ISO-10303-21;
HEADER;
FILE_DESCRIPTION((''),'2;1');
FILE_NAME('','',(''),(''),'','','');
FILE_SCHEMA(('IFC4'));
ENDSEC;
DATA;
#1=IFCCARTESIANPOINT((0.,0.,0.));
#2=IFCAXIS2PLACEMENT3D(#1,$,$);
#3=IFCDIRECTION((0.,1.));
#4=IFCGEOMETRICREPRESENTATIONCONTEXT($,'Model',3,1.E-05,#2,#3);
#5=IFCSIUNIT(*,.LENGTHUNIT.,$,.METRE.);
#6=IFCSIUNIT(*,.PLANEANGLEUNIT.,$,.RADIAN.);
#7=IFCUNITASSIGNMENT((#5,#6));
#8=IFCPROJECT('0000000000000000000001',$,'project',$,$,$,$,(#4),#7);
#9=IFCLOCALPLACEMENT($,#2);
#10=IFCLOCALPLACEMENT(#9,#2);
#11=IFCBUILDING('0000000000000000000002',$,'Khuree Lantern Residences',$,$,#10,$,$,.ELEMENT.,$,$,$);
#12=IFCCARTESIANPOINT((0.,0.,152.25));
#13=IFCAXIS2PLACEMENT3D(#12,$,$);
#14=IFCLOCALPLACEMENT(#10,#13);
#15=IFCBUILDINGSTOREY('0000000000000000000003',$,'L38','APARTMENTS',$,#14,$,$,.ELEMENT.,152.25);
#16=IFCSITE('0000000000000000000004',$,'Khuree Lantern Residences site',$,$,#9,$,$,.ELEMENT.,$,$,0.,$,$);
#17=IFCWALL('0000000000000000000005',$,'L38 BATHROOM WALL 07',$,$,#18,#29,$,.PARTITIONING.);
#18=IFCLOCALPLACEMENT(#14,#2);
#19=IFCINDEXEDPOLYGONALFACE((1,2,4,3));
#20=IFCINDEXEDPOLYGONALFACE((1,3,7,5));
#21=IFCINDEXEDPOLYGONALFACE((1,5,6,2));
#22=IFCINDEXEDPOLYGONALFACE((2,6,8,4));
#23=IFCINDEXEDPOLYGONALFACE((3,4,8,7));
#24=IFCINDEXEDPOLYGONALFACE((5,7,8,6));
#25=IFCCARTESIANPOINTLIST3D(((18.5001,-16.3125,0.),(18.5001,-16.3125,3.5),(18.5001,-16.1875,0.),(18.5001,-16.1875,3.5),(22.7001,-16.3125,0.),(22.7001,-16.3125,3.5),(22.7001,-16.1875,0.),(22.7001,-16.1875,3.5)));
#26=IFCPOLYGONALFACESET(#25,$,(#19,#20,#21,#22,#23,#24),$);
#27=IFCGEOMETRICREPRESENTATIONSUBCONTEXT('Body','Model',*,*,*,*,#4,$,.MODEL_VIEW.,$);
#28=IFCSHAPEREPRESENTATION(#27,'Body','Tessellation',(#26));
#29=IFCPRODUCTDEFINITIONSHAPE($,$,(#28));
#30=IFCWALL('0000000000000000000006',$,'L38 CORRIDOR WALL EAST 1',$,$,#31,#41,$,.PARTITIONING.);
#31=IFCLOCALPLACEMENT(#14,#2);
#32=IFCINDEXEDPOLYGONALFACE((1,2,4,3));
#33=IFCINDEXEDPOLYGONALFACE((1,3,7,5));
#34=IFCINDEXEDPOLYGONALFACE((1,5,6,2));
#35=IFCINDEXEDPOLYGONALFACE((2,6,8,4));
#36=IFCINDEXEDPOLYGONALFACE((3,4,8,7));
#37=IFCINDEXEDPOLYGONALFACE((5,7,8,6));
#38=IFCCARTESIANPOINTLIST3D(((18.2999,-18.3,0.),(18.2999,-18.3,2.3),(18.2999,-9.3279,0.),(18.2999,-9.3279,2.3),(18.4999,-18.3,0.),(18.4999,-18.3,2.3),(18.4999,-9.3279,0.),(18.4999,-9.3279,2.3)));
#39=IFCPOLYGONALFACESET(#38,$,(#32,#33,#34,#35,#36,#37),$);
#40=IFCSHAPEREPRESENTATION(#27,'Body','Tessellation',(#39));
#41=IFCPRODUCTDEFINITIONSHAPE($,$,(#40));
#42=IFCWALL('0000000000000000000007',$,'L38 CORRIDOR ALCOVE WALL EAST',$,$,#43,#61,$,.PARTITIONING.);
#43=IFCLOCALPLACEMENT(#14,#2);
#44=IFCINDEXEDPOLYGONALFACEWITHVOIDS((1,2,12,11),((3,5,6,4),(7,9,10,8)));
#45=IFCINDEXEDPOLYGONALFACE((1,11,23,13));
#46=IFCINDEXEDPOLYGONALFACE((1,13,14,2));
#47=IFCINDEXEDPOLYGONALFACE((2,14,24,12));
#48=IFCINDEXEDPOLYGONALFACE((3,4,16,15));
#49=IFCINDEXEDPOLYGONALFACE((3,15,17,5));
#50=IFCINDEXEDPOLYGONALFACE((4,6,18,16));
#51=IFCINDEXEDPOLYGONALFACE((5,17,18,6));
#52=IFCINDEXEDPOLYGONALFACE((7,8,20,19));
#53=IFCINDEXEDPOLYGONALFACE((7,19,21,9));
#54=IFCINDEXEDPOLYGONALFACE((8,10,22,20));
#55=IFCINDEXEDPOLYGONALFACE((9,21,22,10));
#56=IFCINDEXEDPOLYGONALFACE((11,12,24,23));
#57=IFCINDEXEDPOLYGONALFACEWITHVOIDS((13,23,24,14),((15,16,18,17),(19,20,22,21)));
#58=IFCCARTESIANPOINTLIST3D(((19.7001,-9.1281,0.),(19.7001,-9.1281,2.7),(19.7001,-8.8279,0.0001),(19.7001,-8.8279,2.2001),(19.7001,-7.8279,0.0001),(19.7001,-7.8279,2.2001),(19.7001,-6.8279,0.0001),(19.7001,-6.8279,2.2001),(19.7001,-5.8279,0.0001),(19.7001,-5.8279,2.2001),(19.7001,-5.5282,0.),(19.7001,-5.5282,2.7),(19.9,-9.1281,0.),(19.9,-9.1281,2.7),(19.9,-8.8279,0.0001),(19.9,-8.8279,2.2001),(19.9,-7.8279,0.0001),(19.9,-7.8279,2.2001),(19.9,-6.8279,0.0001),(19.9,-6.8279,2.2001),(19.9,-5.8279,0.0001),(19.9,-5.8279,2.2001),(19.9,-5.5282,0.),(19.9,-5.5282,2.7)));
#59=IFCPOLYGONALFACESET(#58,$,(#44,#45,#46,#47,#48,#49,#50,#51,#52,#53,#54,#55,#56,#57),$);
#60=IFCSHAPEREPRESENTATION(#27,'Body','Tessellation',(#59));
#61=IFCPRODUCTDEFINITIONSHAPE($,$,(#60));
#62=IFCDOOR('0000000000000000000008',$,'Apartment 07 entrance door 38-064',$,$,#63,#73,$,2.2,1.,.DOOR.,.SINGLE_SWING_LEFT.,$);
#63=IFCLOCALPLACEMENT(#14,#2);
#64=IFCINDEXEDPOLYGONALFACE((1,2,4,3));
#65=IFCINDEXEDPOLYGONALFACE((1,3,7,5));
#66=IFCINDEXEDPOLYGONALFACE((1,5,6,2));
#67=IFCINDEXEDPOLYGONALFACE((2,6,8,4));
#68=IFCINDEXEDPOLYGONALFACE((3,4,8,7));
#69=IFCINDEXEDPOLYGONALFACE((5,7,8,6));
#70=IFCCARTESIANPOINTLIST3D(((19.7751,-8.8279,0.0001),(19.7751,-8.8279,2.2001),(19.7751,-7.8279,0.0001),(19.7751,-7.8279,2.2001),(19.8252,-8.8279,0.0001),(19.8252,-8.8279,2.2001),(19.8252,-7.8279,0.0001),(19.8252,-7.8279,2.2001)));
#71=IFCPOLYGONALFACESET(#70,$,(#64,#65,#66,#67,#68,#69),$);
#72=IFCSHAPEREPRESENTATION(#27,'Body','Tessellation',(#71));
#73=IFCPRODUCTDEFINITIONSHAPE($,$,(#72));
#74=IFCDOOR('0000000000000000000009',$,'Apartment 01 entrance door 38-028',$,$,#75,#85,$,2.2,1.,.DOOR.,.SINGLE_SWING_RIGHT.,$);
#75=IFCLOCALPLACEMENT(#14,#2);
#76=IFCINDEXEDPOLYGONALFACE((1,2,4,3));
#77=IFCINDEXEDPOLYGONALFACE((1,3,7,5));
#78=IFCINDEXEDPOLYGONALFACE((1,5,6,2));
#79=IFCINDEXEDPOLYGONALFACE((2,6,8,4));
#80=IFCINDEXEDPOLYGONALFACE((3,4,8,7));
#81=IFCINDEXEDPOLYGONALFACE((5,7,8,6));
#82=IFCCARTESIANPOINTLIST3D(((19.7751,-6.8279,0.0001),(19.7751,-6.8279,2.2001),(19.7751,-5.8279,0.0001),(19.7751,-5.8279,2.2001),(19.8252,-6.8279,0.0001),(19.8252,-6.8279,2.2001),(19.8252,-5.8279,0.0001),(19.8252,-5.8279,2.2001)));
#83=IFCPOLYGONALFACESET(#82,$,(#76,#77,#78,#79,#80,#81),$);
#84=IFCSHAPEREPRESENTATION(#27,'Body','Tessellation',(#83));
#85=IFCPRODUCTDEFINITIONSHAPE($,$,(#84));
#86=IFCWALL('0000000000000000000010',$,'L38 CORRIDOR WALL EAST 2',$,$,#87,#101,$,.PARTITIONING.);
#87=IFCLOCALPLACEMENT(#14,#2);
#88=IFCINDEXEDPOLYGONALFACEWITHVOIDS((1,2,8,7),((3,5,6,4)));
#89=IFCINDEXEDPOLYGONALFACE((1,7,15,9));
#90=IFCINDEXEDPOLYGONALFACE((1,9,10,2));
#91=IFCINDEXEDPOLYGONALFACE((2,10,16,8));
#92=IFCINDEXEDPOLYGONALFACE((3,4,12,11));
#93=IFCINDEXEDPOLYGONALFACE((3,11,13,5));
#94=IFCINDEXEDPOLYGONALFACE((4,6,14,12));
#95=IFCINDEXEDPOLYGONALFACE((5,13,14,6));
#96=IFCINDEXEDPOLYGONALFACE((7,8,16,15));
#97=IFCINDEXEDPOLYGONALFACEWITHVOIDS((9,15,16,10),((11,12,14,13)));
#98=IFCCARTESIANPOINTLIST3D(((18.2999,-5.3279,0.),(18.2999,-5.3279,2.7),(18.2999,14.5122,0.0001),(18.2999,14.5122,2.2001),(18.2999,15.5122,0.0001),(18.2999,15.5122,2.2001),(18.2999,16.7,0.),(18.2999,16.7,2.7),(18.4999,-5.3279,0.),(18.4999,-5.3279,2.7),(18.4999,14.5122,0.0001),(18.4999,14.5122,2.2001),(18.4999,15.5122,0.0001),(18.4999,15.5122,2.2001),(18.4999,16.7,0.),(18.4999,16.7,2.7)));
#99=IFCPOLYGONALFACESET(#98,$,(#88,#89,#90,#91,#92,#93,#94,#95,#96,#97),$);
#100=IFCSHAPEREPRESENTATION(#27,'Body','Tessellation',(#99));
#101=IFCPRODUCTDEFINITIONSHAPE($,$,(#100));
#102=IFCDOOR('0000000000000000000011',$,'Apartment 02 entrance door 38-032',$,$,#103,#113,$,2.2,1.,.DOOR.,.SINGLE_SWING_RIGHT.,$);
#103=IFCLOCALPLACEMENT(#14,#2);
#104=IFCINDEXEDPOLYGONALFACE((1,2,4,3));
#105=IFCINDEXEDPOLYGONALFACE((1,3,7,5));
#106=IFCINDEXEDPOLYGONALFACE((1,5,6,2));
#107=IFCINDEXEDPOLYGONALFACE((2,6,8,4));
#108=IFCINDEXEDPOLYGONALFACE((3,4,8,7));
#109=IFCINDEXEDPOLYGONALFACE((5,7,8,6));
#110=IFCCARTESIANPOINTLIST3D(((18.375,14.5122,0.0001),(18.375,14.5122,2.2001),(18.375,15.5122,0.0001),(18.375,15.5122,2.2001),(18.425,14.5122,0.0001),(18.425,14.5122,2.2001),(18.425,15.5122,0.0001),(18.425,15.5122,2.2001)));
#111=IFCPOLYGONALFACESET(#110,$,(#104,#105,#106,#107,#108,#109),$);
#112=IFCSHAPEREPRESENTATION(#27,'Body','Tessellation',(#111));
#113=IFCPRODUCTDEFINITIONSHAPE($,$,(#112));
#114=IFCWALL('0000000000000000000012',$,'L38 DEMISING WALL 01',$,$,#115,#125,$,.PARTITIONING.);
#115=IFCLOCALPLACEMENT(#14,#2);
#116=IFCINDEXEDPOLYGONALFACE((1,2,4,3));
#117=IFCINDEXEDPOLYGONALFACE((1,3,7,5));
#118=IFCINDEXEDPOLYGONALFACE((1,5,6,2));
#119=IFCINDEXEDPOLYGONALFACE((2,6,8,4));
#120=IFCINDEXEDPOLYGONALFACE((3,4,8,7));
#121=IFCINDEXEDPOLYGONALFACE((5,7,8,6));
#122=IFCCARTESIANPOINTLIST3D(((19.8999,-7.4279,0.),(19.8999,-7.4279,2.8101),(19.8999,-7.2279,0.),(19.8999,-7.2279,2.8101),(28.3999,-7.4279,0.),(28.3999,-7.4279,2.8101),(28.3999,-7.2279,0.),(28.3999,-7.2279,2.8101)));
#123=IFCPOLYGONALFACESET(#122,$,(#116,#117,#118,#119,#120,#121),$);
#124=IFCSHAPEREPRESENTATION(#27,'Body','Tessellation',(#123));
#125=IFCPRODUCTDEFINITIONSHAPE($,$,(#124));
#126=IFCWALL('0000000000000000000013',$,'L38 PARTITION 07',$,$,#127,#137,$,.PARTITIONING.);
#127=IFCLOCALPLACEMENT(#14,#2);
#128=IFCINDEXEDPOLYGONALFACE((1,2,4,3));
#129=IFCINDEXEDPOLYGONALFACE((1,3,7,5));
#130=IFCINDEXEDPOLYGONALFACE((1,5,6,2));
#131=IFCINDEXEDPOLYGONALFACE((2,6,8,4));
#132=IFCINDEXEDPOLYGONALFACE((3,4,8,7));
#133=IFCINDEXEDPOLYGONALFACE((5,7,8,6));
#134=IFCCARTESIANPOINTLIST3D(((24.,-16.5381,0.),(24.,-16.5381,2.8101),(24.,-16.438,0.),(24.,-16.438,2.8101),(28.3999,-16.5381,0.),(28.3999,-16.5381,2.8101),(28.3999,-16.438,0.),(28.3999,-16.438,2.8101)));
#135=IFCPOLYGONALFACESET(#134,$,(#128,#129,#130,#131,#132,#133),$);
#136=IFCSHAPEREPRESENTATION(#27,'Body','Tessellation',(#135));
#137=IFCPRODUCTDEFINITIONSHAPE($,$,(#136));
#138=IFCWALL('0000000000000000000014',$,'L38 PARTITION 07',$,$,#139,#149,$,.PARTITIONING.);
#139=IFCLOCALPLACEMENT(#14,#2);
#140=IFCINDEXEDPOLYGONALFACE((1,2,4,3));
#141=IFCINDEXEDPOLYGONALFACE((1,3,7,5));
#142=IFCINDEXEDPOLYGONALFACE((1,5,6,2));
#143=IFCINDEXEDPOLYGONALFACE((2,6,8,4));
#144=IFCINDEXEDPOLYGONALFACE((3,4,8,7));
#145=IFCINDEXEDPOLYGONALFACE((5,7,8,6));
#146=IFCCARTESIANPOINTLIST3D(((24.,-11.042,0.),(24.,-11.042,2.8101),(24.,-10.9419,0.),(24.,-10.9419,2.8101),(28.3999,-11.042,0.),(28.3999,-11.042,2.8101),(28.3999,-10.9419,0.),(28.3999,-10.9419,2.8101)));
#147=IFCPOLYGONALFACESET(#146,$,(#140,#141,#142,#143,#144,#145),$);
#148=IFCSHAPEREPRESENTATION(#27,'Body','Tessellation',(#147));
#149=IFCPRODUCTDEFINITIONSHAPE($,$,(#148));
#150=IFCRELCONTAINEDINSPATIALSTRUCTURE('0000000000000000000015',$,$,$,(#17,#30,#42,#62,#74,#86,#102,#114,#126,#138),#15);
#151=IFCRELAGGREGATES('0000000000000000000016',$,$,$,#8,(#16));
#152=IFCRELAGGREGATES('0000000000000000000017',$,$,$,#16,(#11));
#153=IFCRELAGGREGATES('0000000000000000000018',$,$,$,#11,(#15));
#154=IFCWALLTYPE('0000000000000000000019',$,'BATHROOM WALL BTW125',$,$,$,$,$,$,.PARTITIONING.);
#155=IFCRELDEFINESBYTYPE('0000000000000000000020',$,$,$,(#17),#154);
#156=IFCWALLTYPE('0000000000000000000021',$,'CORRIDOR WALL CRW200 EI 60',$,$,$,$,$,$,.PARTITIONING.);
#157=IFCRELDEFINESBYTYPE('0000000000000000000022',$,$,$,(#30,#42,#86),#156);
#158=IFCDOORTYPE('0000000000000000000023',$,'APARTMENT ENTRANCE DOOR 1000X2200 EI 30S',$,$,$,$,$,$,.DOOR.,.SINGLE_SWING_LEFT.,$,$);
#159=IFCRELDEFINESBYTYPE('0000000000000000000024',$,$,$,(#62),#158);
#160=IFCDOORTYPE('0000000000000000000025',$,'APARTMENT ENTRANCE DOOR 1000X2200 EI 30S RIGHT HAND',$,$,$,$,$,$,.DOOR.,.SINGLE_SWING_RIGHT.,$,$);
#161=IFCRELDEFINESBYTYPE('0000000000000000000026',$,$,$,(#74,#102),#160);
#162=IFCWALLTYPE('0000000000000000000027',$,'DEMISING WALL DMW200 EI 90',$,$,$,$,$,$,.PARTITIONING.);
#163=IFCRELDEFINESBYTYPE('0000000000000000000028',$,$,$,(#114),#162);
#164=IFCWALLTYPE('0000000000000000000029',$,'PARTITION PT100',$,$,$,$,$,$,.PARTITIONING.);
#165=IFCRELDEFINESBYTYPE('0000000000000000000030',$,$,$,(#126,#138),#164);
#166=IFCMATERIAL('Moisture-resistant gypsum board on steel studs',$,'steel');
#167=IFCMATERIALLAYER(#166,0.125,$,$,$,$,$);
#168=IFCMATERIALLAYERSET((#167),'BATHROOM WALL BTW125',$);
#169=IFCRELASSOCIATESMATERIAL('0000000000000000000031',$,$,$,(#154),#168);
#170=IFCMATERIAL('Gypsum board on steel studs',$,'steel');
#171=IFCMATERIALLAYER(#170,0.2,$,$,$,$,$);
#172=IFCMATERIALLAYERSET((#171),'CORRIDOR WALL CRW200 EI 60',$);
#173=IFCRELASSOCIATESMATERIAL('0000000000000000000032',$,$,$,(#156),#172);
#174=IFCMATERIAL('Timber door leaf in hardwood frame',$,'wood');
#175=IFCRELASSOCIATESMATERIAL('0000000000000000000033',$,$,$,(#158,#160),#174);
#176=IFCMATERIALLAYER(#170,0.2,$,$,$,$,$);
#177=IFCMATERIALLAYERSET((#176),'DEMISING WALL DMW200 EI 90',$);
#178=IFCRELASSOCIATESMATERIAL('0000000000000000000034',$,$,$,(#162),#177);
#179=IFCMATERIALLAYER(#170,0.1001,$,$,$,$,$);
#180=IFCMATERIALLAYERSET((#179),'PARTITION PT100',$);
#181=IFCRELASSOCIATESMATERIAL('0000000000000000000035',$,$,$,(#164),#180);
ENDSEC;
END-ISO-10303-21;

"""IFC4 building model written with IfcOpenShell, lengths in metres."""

from ifc_helpers import new_model, si_unit, direction, frame, frame_2d, origin, place, context, subcontext, project, spatial, rectangle, extrude, material, layer, layer_set, type_object, element, fill, save


model = new_model("IFC4")

# Units and contexts
model_context = context("Model", 3, precision=1e-05, world=origin(), true_north=direction((0.0, 1.0)))
body_context = subcontext(model_context, "Body", "Model", "MODEL_VIEW")
ifc_project = project(units=[si_unit("LENGTHUNIT", "METRE"), si_unit("PLANEANGLEUNIT", "RADIAN")], contexts=[model_context])

# Site, building, storey
site_placement = place(None, origin())
site = spatial("IfcSite", under=ifc_project, at=site_placement, Name="Khuree Lantern Residences site", CompositionType="ELEMENT", RefElevation=0.0)
building_placement = place(site_placement, origin())
building = spatial("IfcBuilding", under=site, at=building_placement, Name="Khuree Lantern Residences", CompositionType="ELEMENT")
storey_placement = place(building_placement, frame((0.0, 0.0, 152.25)))
storey = spatial("IfcBuildingStorey", under=building, at=storey_placement, Name="L38", Description="APARTMENTS", CompositionType="ELEMENT", Elevation=152.25)

# Shared definitions
ifc_material_1 = material(Name="Moisture-resistant gypsum board on steel studs", Category="steel")
ifc_layer_1 = layer(ifc_material_1, 0.125)
ifc_layer_set_1 = layer_set([ifc_layer_1], Name="BATHROOM WALL BTW125")
wall_type_1 = type_object("IfcWallType", Name="BATHROOM WALL BTW125", PredefinedType="PARTITIONING", material=ifc_layer_set_1)
ifc_material_2 = material(Name="Timber door leaf in hardwood frame", Category="wood")

# Walls
wall_1_placement = place(storey_placement, frame((18.5, -16.25, 0.0), z_axis=(0.0, 0.0, 1.0), x_axis=(1.0, 0.0, 0.0)))
element("IfcWall", 1, at=wall_1_placement, inside=storey, type_object=wall_type_1, Name="L38 BATHROOM WALL 07", PredefinedType="PARTITIONING", context=body_context, shape_type="SweptSolid", body=[
    extrude(rectangle(XDim=4.2, YDim=0.125, at=frame_2d((2.1001, 0.0))), origin(), (0.0, 0.0, 1.0), 3.5),
])
ifc_material_3 = material(Name="Gypsum board on steel studs", Category="steel")
ifc_layer_2 = layer(ifc_material_3, 0.2)
ifc_layer_set_2 = layer_set([ifc_layer_2], Name="CORRIDOR WALL CRW200 EI 60")
wall_type_2 = type_object("IfcWallType", Name="CORRIDOR WALL CRW200 EI 60", PredefinedType="PARTITIONING", material=ifc_layer_set_2)
wall_2_placement = place(storey_placement, frame((18.3999, -18.3, 0.0), z_axis=(0.0, 0.0, 1.0), x_axis=(0.0, 1.0, 0.0)))
element("IfcWall", 2, at=wall_2_placement, inside=storey, type_object=wall_type_2, Name="L38 CORRIDOR WALL EAST 1", PredefinedType="PARTITIONING", context=body_context, shape_type="SweptSolid", body=[
    extrude(rectangle(XDim=8.9722, YDim=0.2, at=frame_2d((4.4861, 0.0))), origin(), (0.0, 0.0, 1.0), 2.3),
])

# Wall, openings, doors
wall_3_placement = place(storey_placement, frame((19.8, -9.1279, 0.0), z_axis=(0.0, 0.0, 1.0), x_axis=(0.0, 1.0, 0.0)))
wall_3 = element("IfcWall", 3, at=wall_3_placement, inside=storey, type_object=wall_type_2, Name="L38 CORRIDOR ALCOVE WALL EAST", PredefinedType="PARTITIONING", context=body_context, shape_type="SweptSolid", body=[
    extrude(rectangle(XDim=3.5999, YDim=0.2, at=frame_2d((1.7998, 0.0))), origin(), (0.0, 0.0, 1.0), 2.7),
])
opening_1_placement = place(wall_3_placement, frame((2.3, 0.0, 0.0)))
opening_1 = element("IfcOpeningElement", 4, at=opening_1_placement, cuts=wall_3, PredefinedType="OPENING", context=body_context, shape_type="SweptSolid", body=[
    extrude(rectangle(XDim=1.0, YDim=2.2, at=frame_2d((0.5, 1.1001))), frame((0.0, 0.1099, 0.0), z_axis=(0.0, -1.0, 0.0), x_axis=(1.0, 0.0, 0.0)), (0.0, 0.0, 1.0), 0.22),
])
opening_2_placement = place(wall_3_placement, frame((0.3, 0.0, 0.0)))
opening_2 = element("IfcOpeningElement", 5, at=opening_2_placement, cuts=wall_3, PredefinedType="OPENING", context=body_context, shape_type="SweptSolid", body=[
    extrude(rectangle(XDim=1.0, YDim=2.2, at=frame_2d((0.5, 1.1001))), frame((0.0, 0.1099, 0.0), z_axis=(0.0, -1.0, 0.0), x_axis=(1.0, 0.0, 0.0)), (0.0, 0.0, 1.0), 0.22),
])
door_type_1 = type_object("IfcDoorType", Name="APARTMENT ENTRANCE DOOR 1000X2200 EI 30S", OperationType="SINGLE_SWING_LEFT", PredefinedType="DOOR", material=ifc_material_2)
door_1_placement = place(opening_2_placement, origin())
door_1 = element("IfcDoor", 6, at=door_1_placement, inside=storey, type_object=door_type_1, Name="Apartment 07 entrance door 38-064", OperationType="SINGLE_SWING_LEFT", OverallHeight=2.2, OverallWidth=1.0, PredefinedType="DOOR", context=body_context, shape_type="SweptSolid", body=[
    extrude(rectangle(XDim=1.0, YDim=2.2, at=frame_2d((0.5, 1.1001))), frame((0.0, 0.0249, 0.0), z_axis=(0.0, -1.0, 0.0), x_axis=(1.0, 0.0, 0.0)), (0.0, 0.0, 1.0), 0.05),
])
fill(opening_2, door_1)
door_type_2 = type_object("IfcDoorType", Name="APARTMENT ENTRANCE DOOR 1000X2200 EI 30S RIGHT HAND", OperationType="SINGLE_SWING_RIGHT", PredefinedType="DOOR", material=ifc_material_2)
door_2_placement = place(opening_1_placement, origin())
door_2 = element("IfcDoor", 7, at=door_2_placement, inside=storey, type_object=door_type_2, Name="Apartment 01 entrance door 38-028", OperationType="SINGLE_SWING_RIGHT", OverallHeight=2.2, OverallWidth=1.0, PredefinedType="DOOR", context=body_context, shape_type="SweptSolid", body=[
    extrude(rectangle(XDim=1.0, YDim=2.2, at=frame_2d((0.5, 1.1001))), frame((0.0, 0.0249, 0.0), z_axis=(0.0, -1.0, 0.0), x_axis=(1.0, 0.0, 0.0)), (0.0, 0.0, 1.0), 0.05),
])
fill(opening_1, door_2)

# Wall, opening, door
wall_4_placement = place(storey_placement, frame((18.3999, -5.3279, 0.0), z_axis=(0.0, 0.0, 1.0), x_axis=(0.0, 1.0, 0.0)))
wall_4 = element("IfcWall", 8, at=wall_4_placement, inside=storey, type_object=wall_type_2, Name="L38 CORRIDOR WALL EAST 2", PredefinedType="PARTITIONING", context=body_context, shape_type="SweptSolid", body=[
    extrude(rectangle(XDim=22.0278, YDim=0.2, at=frame_2d((11.0139, 0.0))), origin(), (0.0, 0.0, 1.0), 2.7),
])
opening_3_placement = place(wall_4_placement, frame((19.8401, 0.0, 0.0)))
opening_3 = element("IfcOpeningElement", 9, at=opening_3_placement, cuts=wall_4, PredefinedType="OPENING", context=body_context, shape_type="SweptSolid", body=[
    extrude(rectangle(XDim=1.0, YDim=2.2, at=frame_2d((0.5, 1.1001))), frame((0.0, 0.1099, 0.0), z_axis=(0.0, -1.0, 0.0), x_axis=(1.0, 0.0, 0.0)), (0.0, 0.0, 1.0), 0.22),
])
door_3_placement = place(opening_3_placement, origin())
door_3 = element("IfcDoor", 10, at=door_3_placement, inside=storey, type_object=door_type_2, Name="Apartment 02 entrance door 38-032", OperationType="SINGLE_SWING_RIGHT", OverallHeight=2.2, OverallWidth=1.0, PredefinedType="DOOR", context=body_context, shape_type="SweptSolid", body=[
    extrude(rectangle(XDim=1.0, YDim=2.2, at=frame_2d((0.5, 1.1001))), frame((0.0, 0.0249, 0.0), z_axis=(0.0, -1.0, 0.0), x_axis=(1.0, 0.0, 0.0)), (0.0, 0.0, 1.0), 0.05),
])
fill(opening_3, door_3)

# Walls
ifc_layer_3 = layer(ifc_material_3, 0.2)
ifc_layer_set_3 = layer_set([ifc_layer_3], Name="DEMISING WALL DMW200 EI 90")
wall_type_3 = type_object("IfcWallType", Name="DEMISING WALL DMW200 EI 90", PredefinedType="PARTITIONING", material=ifc_layer_set_3)
wall_5_placement = place(storey_placement, frame((19.8999, -7.3279, 0.0), z_axis=(0.0, 0.0, 1.0), x_axis=(1.0, 0.0, 0.0)))
element("IfcWall", 11, at=wall_5_placement, inside=storey, type_object=wall_type_3, Name="L38 DEMISING WALL 01", PredefinedType="PARTITIONING", context=body_context, shape_type="SweptSolid", body=[
    extrude(rectangle(XDim=8.5, YDim=0.2, at=frame_2d((4.25, 0.0))), origin(), (0.0, 0.0, 1.0), 2.8101),
])
ifc_layer_4 = layer(ifc_material_3, 0.1001)
ifc_layer_set_4 = layer_set([ifc_layer_4], Name="PARTITION PT100")
wall_type_4 = type_object("IfcWallType", Name="PARTITION PT100", PredefinedType="PARTITIONING", material=ifc_layer_set_4)
for number, where, z_axis, x_axis, name in (
    (12, (24.0, -16.488, 0.0), (0.0, 0.0, 1.0), (1.0, 0.0, 0.0), "L38 PARTITION 07"),
    (13, (24.0, -10.9919, 0.0), (0.0, 0.0, 1.0), (1.0, 0.0, 0.0), "L38 PARTITION 07"),
):
    element("IfcWall", number, at=place(storey_placement, frame(where, z_axis=z_axis, x_axis=x_axis)), inside=storey, type_object=wall_type_4, Name=name, PredefinedType="PARTITIONING", context=body_context, shape_type="SweptSolid", body=[
        extrude(rectangle(XDim=4.3999, YDim=0.1001, at=frame_2d((2.2, 0.0))), origin(), (0.0, 0.0, 1.0), 2.8101),
    ])

save(model, "model.ifc")
